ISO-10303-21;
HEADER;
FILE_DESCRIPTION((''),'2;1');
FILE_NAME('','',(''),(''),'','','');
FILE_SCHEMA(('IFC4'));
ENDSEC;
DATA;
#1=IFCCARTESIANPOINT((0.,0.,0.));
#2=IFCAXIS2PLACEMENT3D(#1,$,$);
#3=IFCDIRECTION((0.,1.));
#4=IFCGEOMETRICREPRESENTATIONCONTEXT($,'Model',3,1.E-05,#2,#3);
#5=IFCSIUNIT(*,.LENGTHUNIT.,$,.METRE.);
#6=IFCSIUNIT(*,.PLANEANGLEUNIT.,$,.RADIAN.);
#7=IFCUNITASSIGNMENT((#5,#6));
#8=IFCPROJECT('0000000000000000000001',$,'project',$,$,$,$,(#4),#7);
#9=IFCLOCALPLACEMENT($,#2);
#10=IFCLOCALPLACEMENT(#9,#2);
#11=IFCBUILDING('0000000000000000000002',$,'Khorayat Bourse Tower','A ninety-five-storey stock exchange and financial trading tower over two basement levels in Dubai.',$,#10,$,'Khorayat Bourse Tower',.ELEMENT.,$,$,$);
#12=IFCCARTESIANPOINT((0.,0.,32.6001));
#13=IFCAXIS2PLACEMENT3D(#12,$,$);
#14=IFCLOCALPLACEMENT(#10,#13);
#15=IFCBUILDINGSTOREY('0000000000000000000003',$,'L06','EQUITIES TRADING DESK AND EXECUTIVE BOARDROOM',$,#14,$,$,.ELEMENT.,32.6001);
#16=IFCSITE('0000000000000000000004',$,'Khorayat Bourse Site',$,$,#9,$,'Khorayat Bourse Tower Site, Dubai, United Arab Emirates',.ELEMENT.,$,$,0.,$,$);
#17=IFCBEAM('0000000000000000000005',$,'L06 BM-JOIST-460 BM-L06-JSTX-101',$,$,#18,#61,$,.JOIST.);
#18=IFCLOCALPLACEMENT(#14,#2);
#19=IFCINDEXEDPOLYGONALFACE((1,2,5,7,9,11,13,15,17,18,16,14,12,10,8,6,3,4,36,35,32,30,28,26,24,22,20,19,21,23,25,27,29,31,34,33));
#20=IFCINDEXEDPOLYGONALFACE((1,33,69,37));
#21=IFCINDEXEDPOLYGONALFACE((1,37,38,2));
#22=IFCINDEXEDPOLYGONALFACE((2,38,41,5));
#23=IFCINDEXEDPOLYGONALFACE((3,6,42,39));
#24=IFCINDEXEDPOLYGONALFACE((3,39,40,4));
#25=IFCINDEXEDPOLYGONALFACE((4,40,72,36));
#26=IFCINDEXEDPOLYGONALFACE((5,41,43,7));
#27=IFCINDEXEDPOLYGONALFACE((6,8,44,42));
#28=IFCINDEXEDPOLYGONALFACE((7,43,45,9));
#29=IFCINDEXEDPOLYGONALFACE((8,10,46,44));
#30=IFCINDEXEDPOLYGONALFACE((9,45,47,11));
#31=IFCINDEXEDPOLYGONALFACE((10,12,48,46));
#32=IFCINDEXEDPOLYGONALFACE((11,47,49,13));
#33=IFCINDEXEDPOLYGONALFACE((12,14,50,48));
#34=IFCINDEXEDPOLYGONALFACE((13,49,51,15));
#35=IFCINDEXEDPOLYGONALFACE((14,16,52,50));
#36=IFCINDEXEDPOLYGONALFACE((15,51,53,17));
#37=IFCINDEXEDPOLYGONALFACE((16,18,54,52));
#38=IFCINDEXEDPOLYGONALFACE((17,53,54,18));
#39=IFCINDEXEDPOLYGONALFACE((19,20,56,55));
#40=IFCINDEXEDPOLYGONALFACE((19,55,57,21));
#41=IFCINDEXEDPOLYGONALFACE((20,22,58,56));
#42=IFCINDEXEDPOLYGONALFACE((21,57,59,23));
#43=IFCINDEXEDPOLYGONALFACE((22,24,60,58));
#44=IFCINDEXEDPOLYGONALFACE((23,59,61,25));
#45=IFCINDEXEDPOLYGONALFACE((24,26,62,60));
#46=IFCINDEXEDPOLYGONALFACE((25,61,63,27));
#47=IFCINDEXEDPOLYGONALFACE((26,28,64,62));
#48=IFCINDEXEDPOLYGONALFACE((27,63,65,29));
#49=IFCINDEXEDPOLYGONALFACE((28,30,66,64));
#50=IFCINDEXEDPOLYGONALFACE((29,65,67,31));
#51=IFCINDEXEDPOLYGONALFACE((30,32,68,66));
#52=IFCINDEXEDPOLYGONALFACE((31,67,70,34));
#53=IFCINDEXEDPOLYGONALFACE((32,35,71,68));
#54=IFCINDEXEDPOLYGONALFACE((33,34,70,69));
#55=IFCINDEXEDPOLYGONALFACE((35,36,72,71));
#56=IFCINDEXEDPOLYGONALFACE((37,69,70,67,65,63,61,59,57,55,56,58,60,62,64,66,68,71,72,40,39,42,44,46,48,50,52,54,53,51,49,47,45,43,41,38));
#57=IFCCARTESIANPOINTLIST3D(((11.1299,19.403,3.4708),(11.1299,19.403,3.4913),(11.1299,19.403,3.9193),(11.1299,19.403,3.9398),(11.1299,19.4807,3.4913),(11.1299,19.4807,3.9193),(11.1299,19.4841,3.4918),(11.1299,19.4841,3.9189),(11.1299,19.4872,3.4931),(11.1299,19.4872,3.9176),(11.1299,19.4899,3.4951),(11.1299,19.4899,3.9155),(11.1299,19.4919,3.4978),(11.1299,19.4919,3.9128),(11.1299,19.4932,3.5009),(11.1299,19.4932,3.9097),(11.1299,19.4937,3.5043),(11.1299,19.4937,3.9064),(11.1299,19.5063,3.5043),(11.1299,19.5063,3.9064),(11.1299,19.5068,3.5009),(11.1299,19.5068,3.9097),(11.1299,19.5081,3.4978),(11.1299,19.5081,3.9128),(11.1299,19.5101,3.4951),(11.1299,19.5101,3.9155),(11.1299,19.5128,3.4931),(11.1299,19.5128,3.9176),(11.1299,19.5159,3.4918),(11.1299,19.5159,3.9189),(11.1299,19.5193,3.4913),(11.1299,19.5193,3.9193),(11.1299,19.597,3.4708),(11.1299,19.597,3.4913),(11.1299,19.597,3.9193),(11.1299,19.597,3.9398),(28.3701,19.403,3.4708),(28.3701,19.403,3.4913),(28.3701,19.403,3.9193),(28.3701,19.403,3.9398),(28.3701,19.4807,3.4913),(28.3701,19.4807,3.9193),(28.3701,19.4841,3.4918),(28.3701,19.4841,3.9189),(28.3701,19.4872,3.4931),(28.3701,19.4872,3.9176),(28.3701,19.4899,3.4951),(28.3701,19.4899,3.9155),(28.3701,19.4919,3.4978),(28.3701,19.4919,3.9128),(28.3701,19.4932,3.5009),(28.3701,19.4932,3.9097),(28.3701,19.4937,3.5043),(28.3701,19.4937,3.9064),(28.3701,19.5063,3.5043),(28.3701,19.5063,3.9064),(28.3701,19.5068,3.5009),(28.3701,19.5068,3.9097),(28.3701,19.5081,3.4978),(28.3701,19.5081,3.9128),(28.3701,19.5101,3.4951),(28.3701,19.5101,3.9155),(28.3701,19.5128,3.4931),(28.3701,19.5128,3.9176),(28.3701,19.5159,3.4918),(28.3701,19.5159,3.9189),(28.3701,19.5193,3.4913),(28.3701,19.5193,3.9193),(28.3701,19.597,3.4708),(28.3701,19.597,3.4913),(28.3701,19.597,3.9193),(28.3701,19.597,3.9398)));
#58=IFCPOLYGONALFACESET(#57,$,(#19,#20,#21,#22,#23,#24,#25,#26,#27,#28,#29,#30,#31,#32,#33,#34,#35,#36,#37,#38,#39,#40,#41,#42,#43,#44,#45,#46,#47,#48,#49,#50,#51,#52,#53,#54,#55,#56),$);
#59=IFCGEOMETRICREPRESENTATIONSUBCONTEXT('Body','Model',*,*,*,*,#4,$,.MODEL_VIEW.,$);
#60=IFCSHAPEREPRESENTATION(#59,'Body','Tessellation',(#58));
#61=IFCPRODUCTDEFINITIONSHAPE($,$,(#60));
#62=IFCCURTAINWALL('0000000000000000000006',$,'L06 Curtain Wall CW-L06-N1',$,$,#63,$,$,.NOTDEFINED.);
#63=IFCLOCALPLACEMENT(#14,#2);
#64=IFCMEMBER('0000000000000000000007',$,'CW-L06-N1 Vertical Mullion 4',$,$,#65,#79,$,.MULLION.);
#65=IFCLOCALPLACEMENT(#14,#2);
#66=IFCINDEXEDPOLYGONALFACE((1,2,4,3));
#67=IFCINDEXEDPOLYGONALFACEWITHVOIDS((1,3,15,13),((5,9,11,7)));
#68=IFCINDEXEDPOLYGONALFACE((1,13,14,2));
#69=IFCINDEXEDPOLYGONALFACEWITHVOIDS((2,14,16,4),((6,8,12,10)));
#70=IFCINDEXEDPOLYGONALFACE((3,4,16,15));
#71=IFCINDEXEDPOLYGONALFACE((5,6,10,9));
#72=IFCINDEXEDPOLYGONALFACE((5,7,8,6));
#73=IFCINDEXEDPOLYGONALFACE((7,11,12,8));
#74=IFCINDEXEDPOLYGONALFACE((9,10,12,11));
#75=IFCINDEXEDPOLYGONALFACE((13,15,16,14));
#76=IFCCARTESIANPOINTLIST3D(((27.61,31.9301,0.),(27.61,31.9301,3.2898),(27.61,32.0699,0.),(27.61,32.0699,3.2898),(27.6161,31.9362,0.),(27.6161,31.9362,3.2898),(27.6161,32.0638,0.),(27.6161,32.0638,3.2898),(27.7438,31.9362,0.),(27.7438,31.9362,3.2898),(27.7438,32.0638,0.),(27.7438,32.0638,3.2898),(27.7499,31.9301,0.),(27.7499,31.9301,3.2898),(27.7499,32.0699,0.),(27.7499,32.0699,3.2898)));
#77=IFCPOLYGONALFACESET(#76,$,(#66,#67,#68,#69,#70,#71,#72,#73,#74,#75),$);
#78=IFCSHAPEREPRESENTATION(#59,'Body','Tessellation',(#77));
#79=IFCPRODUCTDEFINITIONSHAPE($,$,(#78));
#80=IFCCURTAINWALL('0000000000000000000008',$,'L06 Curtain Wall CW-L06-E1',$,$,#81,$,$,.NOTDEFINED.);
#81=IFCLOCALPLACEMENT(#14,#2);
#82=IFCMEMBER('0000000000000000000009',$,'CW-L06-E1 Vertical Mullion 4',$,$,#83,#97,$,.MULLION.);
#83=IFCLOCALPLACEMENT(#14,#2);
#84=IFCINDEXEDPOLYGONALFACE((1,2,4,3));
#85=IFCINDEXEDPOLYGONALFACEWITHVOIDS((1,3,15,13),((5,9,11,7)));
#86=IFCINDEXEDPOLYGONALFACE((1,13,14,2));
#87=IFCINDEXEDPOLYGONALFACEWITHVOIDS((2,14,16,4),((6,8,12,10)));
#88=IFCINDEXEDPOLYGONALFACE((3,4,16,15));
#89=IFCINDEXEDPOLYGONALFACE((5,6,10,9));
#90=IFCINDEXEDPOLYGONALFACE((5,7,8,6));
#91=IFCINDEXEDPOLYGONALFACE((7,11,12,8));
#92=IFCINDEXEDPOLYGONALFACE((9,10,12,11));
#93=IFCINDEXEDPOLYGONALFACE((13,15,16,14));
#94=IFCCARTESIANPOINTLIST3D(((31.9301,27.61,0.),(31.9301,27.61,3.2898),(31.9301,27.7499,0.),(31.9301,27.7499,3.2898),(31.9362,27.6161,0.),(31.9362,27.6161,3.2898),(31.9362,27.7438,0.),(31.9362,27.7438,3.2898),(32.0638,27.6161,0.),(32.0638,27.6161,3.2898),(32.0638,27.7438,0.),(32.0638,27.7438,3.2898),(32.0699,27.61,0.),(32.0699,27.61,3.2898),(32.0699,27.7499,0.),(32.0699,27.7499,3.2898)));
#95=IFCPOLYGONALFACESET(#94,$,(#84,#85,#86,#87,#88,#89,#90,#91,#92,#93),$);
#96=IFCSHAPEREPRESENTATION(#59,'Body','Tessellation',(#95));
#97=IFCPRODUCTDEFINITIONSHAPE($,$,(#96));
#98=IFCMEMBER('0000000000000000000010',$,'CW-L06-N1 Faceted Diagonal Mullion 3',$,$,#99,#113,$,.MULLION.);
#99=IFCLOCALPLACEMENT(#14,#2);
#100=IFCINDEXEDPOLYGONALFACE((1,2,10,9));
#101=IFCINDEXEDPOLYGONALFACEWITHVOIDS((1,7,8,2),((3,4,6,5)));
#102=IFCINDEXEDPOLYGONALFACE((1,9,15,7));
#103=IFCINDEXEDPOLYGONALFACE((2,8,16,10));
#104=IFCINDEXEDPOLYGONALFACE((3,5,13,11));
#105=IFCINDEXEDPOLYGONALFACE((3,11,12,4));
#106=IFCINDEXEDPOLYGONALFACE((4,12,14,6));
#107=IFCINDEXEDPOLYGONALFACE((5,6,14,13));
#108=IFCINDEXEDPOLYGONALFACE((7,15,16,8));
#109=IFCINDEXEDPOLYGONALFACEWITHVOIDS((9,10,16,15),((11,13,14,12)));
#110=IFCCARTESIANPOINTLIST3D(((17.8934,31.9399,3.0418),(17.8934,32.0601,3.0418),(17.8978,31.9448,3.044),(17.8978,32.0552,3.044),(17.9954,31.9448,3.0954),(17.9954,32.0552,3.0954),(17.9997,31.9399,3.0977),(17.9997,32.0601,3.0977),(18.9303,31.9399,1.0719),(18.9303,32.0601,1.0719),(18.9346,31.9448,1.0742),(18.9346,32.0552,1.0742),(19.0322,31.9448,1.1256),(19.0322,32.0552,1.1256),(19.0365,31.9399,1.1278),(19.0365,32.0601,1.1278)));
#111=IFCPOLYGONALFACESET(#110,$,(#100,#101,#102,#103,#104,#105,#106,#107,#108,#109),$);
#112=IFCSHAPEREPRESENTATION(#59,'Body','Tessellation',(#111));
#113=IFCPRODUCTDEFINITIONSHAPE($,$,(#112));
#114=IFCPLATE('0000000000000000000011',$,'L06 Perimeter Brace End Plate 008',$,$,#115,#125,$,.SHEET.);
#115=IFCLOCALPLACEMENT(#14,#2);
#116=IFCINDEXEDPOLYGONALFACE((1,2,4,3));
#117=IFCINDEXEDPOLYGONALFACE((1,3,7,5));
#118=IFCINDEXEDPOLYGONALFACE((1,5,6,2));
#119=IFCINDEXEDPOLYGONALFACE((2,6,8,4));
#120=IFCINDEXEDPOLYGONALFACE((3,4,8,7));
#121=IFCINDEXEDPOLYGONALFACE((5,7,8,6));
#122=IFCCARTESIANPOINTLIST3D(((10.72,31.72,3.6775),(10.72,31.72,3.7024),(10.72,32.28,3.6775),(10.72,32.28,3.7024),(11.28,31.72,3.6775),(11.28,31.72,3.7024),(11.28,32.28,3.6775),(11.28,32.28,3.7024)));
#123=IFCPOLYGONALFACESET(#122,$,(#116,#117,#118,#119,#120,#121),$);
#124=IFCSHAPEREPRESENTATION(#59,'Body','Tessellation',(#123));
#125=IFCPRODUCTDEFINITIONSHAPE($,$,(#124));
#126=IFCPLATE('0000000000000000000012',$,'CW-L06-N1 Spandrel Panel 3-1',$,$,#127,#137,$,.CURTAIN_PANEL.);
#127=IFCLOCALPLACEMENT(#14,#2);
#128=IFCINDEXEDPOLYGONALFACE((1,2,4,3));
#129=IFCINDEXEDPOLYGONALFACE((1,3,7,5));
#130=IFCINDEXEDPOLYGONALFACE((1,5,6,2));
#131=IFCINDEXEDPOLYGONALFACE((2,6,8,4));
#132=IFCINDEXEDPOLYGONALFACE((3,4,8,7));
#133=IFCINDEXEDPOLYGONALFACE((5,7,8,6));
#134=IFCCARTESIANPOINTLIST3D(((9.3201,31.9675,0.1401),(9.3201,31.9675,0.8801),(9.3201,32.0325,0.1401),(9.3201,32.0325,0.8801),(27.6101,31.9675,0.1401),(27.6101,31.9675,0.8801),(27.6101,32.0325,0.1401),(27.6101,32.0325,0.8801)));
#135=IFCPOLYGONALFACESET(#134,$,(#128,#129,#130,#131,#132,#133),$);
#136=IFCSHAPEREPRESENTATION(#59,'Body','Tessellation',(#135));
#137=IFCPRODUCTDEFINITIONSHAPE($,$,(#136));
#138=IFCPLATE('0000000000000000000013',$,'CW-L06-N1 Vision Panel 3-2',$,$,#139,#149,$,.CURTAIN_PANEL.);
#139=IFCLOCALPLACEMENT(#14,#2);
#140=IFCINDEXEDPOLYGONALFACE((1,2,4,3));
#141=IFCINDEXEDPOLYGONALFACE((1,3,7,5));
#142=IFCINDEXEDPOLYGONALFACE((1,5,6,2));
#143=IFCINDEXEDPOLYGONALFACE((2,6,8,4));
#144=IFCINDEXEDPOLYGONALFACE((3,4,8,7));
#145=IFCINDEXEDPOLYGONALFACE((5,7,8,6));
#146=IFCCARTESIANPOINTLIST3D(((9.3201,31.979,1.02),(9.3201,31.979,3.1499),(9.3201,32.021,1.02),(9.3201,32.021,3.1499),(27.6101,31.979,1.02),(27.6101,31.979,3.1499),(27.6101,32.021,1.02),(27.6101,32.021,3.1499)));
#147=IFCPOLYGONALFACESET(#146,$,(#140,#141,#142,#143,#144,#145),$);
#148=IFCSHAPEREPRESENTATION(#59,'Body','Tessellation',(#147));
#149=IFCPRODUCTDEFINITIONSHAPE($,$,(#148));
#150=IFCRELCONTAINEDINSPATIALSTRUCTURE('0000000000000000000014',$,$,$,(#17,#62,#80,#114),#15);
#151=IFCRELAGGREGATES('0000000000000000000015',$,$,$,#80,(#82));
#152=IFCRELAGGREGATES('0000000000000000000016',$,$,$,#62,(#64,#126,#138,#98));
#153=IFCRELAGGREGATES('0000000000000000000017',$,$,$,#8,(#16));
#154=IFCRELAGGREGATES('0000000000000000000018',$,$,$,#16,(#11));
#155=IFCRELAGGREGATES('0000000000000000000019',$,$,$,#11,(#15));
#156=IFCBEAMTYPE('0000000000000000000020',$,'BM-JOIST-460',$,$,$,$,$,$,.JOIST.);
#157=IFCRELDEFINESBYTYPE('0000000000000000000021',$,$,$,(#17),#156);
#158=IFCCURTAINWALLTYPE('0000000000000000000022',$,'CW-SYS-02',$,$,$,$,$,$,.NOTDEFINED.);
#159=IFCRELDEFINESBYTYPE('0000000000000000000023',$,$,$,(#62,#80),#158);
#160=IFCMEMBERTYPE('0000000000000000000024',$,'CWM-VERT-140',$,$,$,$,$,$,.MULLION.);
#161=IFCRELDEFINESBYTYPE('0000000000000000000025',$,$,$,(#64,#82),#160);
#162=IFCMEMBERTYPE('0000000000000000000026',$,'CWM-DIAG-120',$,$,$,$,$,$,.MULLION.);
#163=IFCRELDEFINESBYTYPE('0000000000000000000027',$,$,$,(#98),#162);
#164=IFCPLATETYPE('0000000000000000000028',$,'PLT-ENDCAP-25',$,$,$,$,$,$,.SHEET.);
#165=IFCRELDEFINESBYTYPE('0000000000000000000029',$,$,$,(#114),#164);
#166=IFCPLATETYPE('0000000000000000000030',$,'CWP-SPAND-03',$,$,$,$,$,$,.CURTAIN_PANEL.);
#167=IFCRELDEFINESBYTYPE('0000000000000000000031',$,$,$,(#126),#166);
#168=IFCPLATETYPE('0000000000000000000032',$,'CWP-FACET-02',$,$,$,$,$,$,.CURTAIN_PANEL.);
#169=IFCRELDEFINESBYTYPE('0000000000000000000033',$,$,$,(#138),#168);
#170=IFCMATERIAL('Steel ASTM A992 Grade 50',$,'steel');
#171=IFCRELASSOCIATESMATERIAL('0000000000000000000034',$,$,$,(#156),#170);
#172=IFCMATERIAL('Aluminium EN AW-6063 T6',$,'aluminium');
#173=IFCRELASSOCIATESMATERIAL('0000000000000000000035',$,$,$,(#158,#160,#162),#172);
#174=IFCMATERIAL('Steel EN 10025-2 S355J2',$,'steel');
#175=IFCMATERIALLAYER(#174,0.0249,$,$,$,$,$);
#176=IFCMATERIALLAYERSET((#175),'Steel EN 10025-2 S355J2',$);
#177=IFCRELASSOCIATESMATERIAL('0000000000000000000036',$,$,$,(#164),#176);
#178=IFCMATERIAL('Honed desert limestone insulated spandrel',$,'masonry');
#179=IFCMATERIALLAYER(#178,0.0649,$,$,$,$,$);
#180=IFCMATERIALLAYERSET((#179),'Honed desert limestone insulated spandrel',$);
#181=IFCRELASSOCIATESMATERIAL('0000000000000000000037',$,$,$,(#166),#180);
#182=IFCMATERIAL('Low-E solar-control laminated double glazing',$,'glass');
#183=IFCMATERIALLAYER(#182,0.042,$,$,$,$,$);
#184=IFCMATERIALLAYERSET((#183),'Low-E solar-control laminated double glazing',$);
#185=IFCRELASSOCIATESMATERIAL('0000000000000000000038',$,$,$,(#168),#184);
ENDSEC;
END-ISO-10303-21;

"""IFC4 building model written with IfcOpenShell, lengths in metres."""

from ifc_helpers import new_model, si_unit, direction, frame, origin, origin_2d, place, context, subcontext, project, spatial, rectangle, hollow_rectangle, i_section, extrude, source, transform, mapped, material, layer, layer_set, material_profile, profile_set, type_object, element, aggregate, save


model = new_model("IFC4")

# Units and contexts
model_context = context("Model", 3, precision=1e-05, world=origin(), true_north=direction((0.0, 1.0)))
body_context = subcontext(model_context, "Body", "Model", "MODEL_VIEW")
ifc_project = project(units=[si_unit("LENGTHUNIT", "METRE"), si_unit("PLANEANGLEUNIT", "RADIAN")], contexts=[model_context])

# Site, building, storey
site_placement = place(None, origin())
site = spatial("IfcSite", under=ifc_project, at=site_placement, Name="Khorayat Bourse Site", LongName="Khorayat Bourse Tower Site, Dubai, United Arab Emirates", CompositionType="ELEMENT", RefElevation=0.0)
building_placement = place(site_placement, origin())
building = spatial("IfcBuilding", under=site, at=building_placement, Name="Khorayat Bourse Tower", Description="A ninety-five-storey stock exchange and financial trading tower over two basement levels in Dubai.", LongName="Khorayat Bourse Tower", CompositionType="ELEMENT")
storey_placement = place(building_placement, frame((0.0, 0.0, 32.6001)))
storey = spatial("IfcBuildingStorey", under=building, at=storey_placement, Name="L06", Description="EQUITIES TRADING DESK AND EXECUTIVE BOARDROOM", CompositionType="ELEMENT", Elevation=32.6001)

# Beam
ifc_material_1 = material(Name="Steel ASTM A992 Grade 50", Category="steel")
ifc_material_profile_1 = material_profile(ifc_material_1, i_section(OverallWidth=0.1941, OverallDepth=0.469, WebThickness=0.0127, FlangeThickness=0.0205, FilletRadius=0.0129, at=origin_2d()), Name="W460X106")
ifc_profile_set_1 = profile_set([ifc_material_profile_1], Name="Steel ASTM A992 Grade 50")
beam_type_1 = type_object("IfcBeamType", Name="BM-JOIST-460", PredefinedType="JOIST", material=ifc_profile_set_1)
shared_shape_1 = source(origin(), body_context, "Body", "SweptSolid", [
    extrude(i_section(OverallWidth=0.1941, OverallDepth=0.469, WebThickness=0.0127, FlangeThickness=0.0205, FilletRadius=0.0129, at=origin_2d()), origin(), (0.0, 0.0, 1.0), 17.2402),
])
beam_1_placement = place(storey_placement, frame((11.1299, 19.5, 3.7053), z_axis=(1.0, 0.0, 0.0), x_axis=(0.0, 1.0, 0.0)))
element("IfcBeam", 1, at=beam_1_placement, inside=storey, type_object=beam_type_1, Name="L06 BM-JOIST-460 BM-L06-JSTX-101", PredefinedType="JOIST", context=body_context, shape_type="MappedRepresentation", body=[
    mapped(shared_shape_1, transform((0.0, 0.0, 0.0), scale=1.0)),
])

# Curtain walls, members
ifc_material_2 = material(Name="Aluminium EN AW-6063 T6", Category="aluminium")
curtain_wall_type = type_object("IfcCurtainWallType", Name="CW-SYS-02", PredefinedType="NOTDEFINED", material=ifc_material_2)
curtain_wall_1_placement = place(storey_placement, origin())
curtain_wall_1 = element("IfcCurtainWall", 2, at=curtain_wall_1_placement, inside=storey, type_object=curtain_wall_type, Name="L06 Curtain Wall CW-L06-N1", PredefinedType="NOTDEFINED")
ifc_material_profile_2 = material_profile(ifc_material_2, hollow_rectangle(XDim=0.1399, YDim=0.1399, WallThickness=0.0061, at=origin_2d()), Name="ALU 140x140x6")
ifc_profile_set_2 = profile_set([ifc_material_profile_2], Name="Aluminium EN AW-6063 T6")
member_type_1 = type_object("IfcMemberType", Name="CWM-VERT-140", PredefinedType="MULLION", material=ifc_profile_set_2)
shared_shape_2 = source(origin(), body_context, "Body", "SweptSolid", [
    extrude(hollow_rectangle(XDim=0.1399, YDim=0.1399, WallThickness=0.0061, at=origin_2d()), origin(), (0.0, 0.0, 1.0), 3.2898),
])
member_1_placement = place(storey_placement, frame((27.6799, 32.0, 0.0), z_axis=(0.0, 0.0, 1.0), x_axis=(0.0, 1.0, 0.0)))
member_1 = element("IfcMember", 3, at=member_1_placement, type_object=member_type_1, Name="CW-L06-N1 Vertical Mullion 4", PredefinedType="MULLION", context=body_context, shape_type="MappedRepresentation", body=[
    mapped(shared_shape_2, transform((0.0, 0.0, 0.0), scale=1.0)),
])
curtain_wall_2_placement = place(storey_placement, origin())
curtain_wall_2 = element("IfcCurtainWall", 4, at=curtain_wall_2_placement, inside=storey, type_object=curtain_wall_type, Name="L06 Curtain Wall CW-L06-E1", PredefinedType="NOTDEFINED")
member_2_placement = place(storey_placement, frame((32.0, 27.6799, 0.0), z_axis=(0.0, 0.0, 1.0), x_axis=(-1.0, 0.0, 0.0)))
member_2 = element("IfcMember", 5, at=member_2_placement, type_object=member_type_1, Name="CW-L06-E1 Vertical Mullion 4", PredefinedType="MULLION", context=body_context, shape_type="MappedRepresentation", body=[
    mapped(shared_shape_2, transform((0.0, 0.0, 0.0), scale=1.0)),
])
aggregate(curtain_wall_2, [member_2])

# Member
ifc_material_profile_3 = material_profile(ifc_material_2, hollow_rectangle(XDim=0.1201, YDim=0.1201, WallThickness=0.0049, at=origin_2d()), Name="ALU 120x120x5")
ifc_profile_set_3 = profile_set([ifc_material_profile_3], Name="Aluminium EN AW-6063 T6")
member_type_2 = type_object("IfcMemberType", Name="CWM-DIAG-120", PredefinedType="MULLION", material=ifc_profile_set_3)
shared_shape_3 = source(origin(), body_context, "Body", "SweptSolid", [
    extrude(hollow_rectangle(XDim=0.1201, YDim=0.1201, WallThickness=0.0049, at=origin_2d()), origin(), (0.0, 0.0, 1.0), 2.2261),
])
member_3_placement = place(storey_placement, frame((18.9834, 32.0, 1.0999), z_axis=(-0.46576, 0.0, 0.884911), x_axis=(0.0, -1.0, 0.0)))
member_3 = element("IfcMember", 6, at=member_3_placement, type_object=member_type_2, Name="CW-L06-N1 Faceted Diagonal Mullion 3", PredefinedType="MULLION", context=body_context, shape_type="MappedRepresentation", body=[
    mapped(shared_shape_3, transform((0.0, 0.0, 0.0), scale=1.0)),
])

# Plates
ifc_material_3 = material(Name="Steel EN 10025-2 S355J2", Category="steel")
ifc_layer_1 = layer(ifc_material_3, 0.0249)
ifc_layer_set_1 = layer_set([ifc_layer_1], Name="Steel EN 10025-2 S355J2")
plate_type_1 = type_object("IfcPlateType", Name="PLT-ENDCAP-25", PredefinedType="SHEET", material=ifc_layer_set_1)
shared_shape_4 = source(origin(), body_context, "Body", "SweptSolid", [
    extrude(rectangle(XDim=0.5601, YDim=0.5601, at=origin_2d()), origin(), (0.0, 0.0, 1.0), 0.0249),
])
plate_1_placement = place(storey_placement, frame((11.0, 32.0, 3.6775), z_axis=(0.0, 0.0, 1.0), x_axis=(1.0, 0.0, 0.0)))
element("IfcPlate", 7, at=plate_1_placement, inside=storey, type_object=plate_type_1, Name="L06 Perimeter Brace End Plate 008", PredefinedType="SHEET", context=body_context, shape_type="MappedRepresentation", body=[
    mapped(shared_shape_4, transform((0.0, 0.0, 0.0), scale=1.0)),
])
ifc_material_4 = material(Name="Honed desert limestone insulated spandrel", Category="masonry")
ifc_layer_2 = layer(ifc_material_4, 0.0649)
ifc_layer_set_2 = layer_set([ifc_layer_2], Name="Honed desert limestone insulated spandrel")
plate_type_2 = type_object("IfcPlateType", Name="CWP-SPAND-03", PredefinedType="CURTAIN_PANEL", material=ifc_layer_set_2)
shared_shape_5 = source(origin(), body_context, "Body", "SweptSolid", [
    extrude(rectangle(XDim=18.29, YDim=0.0649, at=origin_2d()), origin(), (0.0, 0.0, 1.0), 0.74),
])
plate_2_placement = place(storey_placement, frame((18.4651, 32.0, 0.1401), z_axis=(0.0, 0.0, 1.0), x_axis=(1.0, 0.0, 0.0)))
plate_2 = element("IfcPlate", 8, at=plate_2_placement, type_object=plate_type_2, Name="CW-L06-N1 Spandrel Panel 3-1", PredefinedType="CURTAIN_PANEL", context=body_context, shape_type="MappedRepresentation", body=[
    mapped(shared_shape_5, transform((0.0, 0.0, 0.0), scale=1.0)),
])
ifc_material_5 = material(Name="Low-E solar-control laminated double glazing", Category="glass")
ifc_layer_3 = layer(ifc_material_5, 0.042)
ifc_layer_set_3 = layer_set([ifc_layer_3], Name="Low-E solar-control laminated double glazing")
plate_type_3 = type_object("IfcPlateType", Name="CWP-FACET-02", PredefinedType="CURTAIN_PANEL", material=ifc_layer_set_3)
shared_shape_6 = source(origin(), body_context, "Body", "SweptSolid", [
    extrude(rectangle(XDim=18.29, YDim=0.042, at=origin_2d()), origin(), (0.0, 0.0, 1.0), 2.1299),
])
plate_3_placement = place(storey_placement, frame((18.4651, 32.0, 1.02), z_axis=(0.0, 0.0, 1.0), x_axis=(1.0, 0.0, 0.0)))
plate_3 = element("IfcPlate", 9, at=plate_3_placement, type_object=plate_type_3, Name="CW-L06-N1 Vision Panel 3-2", PredefinedType="CURTAIN_PANEL", context=body_context, shape_type="MappedRepresentation", body=[
    mapped(shared_shape_6, transform((0.0, 0.0, 0.0), scale=1.0)),
])
aggregate(curtain_wall_1, [member_1, plate_2, plate_3, member_3])

save(model, "model.ifc")
